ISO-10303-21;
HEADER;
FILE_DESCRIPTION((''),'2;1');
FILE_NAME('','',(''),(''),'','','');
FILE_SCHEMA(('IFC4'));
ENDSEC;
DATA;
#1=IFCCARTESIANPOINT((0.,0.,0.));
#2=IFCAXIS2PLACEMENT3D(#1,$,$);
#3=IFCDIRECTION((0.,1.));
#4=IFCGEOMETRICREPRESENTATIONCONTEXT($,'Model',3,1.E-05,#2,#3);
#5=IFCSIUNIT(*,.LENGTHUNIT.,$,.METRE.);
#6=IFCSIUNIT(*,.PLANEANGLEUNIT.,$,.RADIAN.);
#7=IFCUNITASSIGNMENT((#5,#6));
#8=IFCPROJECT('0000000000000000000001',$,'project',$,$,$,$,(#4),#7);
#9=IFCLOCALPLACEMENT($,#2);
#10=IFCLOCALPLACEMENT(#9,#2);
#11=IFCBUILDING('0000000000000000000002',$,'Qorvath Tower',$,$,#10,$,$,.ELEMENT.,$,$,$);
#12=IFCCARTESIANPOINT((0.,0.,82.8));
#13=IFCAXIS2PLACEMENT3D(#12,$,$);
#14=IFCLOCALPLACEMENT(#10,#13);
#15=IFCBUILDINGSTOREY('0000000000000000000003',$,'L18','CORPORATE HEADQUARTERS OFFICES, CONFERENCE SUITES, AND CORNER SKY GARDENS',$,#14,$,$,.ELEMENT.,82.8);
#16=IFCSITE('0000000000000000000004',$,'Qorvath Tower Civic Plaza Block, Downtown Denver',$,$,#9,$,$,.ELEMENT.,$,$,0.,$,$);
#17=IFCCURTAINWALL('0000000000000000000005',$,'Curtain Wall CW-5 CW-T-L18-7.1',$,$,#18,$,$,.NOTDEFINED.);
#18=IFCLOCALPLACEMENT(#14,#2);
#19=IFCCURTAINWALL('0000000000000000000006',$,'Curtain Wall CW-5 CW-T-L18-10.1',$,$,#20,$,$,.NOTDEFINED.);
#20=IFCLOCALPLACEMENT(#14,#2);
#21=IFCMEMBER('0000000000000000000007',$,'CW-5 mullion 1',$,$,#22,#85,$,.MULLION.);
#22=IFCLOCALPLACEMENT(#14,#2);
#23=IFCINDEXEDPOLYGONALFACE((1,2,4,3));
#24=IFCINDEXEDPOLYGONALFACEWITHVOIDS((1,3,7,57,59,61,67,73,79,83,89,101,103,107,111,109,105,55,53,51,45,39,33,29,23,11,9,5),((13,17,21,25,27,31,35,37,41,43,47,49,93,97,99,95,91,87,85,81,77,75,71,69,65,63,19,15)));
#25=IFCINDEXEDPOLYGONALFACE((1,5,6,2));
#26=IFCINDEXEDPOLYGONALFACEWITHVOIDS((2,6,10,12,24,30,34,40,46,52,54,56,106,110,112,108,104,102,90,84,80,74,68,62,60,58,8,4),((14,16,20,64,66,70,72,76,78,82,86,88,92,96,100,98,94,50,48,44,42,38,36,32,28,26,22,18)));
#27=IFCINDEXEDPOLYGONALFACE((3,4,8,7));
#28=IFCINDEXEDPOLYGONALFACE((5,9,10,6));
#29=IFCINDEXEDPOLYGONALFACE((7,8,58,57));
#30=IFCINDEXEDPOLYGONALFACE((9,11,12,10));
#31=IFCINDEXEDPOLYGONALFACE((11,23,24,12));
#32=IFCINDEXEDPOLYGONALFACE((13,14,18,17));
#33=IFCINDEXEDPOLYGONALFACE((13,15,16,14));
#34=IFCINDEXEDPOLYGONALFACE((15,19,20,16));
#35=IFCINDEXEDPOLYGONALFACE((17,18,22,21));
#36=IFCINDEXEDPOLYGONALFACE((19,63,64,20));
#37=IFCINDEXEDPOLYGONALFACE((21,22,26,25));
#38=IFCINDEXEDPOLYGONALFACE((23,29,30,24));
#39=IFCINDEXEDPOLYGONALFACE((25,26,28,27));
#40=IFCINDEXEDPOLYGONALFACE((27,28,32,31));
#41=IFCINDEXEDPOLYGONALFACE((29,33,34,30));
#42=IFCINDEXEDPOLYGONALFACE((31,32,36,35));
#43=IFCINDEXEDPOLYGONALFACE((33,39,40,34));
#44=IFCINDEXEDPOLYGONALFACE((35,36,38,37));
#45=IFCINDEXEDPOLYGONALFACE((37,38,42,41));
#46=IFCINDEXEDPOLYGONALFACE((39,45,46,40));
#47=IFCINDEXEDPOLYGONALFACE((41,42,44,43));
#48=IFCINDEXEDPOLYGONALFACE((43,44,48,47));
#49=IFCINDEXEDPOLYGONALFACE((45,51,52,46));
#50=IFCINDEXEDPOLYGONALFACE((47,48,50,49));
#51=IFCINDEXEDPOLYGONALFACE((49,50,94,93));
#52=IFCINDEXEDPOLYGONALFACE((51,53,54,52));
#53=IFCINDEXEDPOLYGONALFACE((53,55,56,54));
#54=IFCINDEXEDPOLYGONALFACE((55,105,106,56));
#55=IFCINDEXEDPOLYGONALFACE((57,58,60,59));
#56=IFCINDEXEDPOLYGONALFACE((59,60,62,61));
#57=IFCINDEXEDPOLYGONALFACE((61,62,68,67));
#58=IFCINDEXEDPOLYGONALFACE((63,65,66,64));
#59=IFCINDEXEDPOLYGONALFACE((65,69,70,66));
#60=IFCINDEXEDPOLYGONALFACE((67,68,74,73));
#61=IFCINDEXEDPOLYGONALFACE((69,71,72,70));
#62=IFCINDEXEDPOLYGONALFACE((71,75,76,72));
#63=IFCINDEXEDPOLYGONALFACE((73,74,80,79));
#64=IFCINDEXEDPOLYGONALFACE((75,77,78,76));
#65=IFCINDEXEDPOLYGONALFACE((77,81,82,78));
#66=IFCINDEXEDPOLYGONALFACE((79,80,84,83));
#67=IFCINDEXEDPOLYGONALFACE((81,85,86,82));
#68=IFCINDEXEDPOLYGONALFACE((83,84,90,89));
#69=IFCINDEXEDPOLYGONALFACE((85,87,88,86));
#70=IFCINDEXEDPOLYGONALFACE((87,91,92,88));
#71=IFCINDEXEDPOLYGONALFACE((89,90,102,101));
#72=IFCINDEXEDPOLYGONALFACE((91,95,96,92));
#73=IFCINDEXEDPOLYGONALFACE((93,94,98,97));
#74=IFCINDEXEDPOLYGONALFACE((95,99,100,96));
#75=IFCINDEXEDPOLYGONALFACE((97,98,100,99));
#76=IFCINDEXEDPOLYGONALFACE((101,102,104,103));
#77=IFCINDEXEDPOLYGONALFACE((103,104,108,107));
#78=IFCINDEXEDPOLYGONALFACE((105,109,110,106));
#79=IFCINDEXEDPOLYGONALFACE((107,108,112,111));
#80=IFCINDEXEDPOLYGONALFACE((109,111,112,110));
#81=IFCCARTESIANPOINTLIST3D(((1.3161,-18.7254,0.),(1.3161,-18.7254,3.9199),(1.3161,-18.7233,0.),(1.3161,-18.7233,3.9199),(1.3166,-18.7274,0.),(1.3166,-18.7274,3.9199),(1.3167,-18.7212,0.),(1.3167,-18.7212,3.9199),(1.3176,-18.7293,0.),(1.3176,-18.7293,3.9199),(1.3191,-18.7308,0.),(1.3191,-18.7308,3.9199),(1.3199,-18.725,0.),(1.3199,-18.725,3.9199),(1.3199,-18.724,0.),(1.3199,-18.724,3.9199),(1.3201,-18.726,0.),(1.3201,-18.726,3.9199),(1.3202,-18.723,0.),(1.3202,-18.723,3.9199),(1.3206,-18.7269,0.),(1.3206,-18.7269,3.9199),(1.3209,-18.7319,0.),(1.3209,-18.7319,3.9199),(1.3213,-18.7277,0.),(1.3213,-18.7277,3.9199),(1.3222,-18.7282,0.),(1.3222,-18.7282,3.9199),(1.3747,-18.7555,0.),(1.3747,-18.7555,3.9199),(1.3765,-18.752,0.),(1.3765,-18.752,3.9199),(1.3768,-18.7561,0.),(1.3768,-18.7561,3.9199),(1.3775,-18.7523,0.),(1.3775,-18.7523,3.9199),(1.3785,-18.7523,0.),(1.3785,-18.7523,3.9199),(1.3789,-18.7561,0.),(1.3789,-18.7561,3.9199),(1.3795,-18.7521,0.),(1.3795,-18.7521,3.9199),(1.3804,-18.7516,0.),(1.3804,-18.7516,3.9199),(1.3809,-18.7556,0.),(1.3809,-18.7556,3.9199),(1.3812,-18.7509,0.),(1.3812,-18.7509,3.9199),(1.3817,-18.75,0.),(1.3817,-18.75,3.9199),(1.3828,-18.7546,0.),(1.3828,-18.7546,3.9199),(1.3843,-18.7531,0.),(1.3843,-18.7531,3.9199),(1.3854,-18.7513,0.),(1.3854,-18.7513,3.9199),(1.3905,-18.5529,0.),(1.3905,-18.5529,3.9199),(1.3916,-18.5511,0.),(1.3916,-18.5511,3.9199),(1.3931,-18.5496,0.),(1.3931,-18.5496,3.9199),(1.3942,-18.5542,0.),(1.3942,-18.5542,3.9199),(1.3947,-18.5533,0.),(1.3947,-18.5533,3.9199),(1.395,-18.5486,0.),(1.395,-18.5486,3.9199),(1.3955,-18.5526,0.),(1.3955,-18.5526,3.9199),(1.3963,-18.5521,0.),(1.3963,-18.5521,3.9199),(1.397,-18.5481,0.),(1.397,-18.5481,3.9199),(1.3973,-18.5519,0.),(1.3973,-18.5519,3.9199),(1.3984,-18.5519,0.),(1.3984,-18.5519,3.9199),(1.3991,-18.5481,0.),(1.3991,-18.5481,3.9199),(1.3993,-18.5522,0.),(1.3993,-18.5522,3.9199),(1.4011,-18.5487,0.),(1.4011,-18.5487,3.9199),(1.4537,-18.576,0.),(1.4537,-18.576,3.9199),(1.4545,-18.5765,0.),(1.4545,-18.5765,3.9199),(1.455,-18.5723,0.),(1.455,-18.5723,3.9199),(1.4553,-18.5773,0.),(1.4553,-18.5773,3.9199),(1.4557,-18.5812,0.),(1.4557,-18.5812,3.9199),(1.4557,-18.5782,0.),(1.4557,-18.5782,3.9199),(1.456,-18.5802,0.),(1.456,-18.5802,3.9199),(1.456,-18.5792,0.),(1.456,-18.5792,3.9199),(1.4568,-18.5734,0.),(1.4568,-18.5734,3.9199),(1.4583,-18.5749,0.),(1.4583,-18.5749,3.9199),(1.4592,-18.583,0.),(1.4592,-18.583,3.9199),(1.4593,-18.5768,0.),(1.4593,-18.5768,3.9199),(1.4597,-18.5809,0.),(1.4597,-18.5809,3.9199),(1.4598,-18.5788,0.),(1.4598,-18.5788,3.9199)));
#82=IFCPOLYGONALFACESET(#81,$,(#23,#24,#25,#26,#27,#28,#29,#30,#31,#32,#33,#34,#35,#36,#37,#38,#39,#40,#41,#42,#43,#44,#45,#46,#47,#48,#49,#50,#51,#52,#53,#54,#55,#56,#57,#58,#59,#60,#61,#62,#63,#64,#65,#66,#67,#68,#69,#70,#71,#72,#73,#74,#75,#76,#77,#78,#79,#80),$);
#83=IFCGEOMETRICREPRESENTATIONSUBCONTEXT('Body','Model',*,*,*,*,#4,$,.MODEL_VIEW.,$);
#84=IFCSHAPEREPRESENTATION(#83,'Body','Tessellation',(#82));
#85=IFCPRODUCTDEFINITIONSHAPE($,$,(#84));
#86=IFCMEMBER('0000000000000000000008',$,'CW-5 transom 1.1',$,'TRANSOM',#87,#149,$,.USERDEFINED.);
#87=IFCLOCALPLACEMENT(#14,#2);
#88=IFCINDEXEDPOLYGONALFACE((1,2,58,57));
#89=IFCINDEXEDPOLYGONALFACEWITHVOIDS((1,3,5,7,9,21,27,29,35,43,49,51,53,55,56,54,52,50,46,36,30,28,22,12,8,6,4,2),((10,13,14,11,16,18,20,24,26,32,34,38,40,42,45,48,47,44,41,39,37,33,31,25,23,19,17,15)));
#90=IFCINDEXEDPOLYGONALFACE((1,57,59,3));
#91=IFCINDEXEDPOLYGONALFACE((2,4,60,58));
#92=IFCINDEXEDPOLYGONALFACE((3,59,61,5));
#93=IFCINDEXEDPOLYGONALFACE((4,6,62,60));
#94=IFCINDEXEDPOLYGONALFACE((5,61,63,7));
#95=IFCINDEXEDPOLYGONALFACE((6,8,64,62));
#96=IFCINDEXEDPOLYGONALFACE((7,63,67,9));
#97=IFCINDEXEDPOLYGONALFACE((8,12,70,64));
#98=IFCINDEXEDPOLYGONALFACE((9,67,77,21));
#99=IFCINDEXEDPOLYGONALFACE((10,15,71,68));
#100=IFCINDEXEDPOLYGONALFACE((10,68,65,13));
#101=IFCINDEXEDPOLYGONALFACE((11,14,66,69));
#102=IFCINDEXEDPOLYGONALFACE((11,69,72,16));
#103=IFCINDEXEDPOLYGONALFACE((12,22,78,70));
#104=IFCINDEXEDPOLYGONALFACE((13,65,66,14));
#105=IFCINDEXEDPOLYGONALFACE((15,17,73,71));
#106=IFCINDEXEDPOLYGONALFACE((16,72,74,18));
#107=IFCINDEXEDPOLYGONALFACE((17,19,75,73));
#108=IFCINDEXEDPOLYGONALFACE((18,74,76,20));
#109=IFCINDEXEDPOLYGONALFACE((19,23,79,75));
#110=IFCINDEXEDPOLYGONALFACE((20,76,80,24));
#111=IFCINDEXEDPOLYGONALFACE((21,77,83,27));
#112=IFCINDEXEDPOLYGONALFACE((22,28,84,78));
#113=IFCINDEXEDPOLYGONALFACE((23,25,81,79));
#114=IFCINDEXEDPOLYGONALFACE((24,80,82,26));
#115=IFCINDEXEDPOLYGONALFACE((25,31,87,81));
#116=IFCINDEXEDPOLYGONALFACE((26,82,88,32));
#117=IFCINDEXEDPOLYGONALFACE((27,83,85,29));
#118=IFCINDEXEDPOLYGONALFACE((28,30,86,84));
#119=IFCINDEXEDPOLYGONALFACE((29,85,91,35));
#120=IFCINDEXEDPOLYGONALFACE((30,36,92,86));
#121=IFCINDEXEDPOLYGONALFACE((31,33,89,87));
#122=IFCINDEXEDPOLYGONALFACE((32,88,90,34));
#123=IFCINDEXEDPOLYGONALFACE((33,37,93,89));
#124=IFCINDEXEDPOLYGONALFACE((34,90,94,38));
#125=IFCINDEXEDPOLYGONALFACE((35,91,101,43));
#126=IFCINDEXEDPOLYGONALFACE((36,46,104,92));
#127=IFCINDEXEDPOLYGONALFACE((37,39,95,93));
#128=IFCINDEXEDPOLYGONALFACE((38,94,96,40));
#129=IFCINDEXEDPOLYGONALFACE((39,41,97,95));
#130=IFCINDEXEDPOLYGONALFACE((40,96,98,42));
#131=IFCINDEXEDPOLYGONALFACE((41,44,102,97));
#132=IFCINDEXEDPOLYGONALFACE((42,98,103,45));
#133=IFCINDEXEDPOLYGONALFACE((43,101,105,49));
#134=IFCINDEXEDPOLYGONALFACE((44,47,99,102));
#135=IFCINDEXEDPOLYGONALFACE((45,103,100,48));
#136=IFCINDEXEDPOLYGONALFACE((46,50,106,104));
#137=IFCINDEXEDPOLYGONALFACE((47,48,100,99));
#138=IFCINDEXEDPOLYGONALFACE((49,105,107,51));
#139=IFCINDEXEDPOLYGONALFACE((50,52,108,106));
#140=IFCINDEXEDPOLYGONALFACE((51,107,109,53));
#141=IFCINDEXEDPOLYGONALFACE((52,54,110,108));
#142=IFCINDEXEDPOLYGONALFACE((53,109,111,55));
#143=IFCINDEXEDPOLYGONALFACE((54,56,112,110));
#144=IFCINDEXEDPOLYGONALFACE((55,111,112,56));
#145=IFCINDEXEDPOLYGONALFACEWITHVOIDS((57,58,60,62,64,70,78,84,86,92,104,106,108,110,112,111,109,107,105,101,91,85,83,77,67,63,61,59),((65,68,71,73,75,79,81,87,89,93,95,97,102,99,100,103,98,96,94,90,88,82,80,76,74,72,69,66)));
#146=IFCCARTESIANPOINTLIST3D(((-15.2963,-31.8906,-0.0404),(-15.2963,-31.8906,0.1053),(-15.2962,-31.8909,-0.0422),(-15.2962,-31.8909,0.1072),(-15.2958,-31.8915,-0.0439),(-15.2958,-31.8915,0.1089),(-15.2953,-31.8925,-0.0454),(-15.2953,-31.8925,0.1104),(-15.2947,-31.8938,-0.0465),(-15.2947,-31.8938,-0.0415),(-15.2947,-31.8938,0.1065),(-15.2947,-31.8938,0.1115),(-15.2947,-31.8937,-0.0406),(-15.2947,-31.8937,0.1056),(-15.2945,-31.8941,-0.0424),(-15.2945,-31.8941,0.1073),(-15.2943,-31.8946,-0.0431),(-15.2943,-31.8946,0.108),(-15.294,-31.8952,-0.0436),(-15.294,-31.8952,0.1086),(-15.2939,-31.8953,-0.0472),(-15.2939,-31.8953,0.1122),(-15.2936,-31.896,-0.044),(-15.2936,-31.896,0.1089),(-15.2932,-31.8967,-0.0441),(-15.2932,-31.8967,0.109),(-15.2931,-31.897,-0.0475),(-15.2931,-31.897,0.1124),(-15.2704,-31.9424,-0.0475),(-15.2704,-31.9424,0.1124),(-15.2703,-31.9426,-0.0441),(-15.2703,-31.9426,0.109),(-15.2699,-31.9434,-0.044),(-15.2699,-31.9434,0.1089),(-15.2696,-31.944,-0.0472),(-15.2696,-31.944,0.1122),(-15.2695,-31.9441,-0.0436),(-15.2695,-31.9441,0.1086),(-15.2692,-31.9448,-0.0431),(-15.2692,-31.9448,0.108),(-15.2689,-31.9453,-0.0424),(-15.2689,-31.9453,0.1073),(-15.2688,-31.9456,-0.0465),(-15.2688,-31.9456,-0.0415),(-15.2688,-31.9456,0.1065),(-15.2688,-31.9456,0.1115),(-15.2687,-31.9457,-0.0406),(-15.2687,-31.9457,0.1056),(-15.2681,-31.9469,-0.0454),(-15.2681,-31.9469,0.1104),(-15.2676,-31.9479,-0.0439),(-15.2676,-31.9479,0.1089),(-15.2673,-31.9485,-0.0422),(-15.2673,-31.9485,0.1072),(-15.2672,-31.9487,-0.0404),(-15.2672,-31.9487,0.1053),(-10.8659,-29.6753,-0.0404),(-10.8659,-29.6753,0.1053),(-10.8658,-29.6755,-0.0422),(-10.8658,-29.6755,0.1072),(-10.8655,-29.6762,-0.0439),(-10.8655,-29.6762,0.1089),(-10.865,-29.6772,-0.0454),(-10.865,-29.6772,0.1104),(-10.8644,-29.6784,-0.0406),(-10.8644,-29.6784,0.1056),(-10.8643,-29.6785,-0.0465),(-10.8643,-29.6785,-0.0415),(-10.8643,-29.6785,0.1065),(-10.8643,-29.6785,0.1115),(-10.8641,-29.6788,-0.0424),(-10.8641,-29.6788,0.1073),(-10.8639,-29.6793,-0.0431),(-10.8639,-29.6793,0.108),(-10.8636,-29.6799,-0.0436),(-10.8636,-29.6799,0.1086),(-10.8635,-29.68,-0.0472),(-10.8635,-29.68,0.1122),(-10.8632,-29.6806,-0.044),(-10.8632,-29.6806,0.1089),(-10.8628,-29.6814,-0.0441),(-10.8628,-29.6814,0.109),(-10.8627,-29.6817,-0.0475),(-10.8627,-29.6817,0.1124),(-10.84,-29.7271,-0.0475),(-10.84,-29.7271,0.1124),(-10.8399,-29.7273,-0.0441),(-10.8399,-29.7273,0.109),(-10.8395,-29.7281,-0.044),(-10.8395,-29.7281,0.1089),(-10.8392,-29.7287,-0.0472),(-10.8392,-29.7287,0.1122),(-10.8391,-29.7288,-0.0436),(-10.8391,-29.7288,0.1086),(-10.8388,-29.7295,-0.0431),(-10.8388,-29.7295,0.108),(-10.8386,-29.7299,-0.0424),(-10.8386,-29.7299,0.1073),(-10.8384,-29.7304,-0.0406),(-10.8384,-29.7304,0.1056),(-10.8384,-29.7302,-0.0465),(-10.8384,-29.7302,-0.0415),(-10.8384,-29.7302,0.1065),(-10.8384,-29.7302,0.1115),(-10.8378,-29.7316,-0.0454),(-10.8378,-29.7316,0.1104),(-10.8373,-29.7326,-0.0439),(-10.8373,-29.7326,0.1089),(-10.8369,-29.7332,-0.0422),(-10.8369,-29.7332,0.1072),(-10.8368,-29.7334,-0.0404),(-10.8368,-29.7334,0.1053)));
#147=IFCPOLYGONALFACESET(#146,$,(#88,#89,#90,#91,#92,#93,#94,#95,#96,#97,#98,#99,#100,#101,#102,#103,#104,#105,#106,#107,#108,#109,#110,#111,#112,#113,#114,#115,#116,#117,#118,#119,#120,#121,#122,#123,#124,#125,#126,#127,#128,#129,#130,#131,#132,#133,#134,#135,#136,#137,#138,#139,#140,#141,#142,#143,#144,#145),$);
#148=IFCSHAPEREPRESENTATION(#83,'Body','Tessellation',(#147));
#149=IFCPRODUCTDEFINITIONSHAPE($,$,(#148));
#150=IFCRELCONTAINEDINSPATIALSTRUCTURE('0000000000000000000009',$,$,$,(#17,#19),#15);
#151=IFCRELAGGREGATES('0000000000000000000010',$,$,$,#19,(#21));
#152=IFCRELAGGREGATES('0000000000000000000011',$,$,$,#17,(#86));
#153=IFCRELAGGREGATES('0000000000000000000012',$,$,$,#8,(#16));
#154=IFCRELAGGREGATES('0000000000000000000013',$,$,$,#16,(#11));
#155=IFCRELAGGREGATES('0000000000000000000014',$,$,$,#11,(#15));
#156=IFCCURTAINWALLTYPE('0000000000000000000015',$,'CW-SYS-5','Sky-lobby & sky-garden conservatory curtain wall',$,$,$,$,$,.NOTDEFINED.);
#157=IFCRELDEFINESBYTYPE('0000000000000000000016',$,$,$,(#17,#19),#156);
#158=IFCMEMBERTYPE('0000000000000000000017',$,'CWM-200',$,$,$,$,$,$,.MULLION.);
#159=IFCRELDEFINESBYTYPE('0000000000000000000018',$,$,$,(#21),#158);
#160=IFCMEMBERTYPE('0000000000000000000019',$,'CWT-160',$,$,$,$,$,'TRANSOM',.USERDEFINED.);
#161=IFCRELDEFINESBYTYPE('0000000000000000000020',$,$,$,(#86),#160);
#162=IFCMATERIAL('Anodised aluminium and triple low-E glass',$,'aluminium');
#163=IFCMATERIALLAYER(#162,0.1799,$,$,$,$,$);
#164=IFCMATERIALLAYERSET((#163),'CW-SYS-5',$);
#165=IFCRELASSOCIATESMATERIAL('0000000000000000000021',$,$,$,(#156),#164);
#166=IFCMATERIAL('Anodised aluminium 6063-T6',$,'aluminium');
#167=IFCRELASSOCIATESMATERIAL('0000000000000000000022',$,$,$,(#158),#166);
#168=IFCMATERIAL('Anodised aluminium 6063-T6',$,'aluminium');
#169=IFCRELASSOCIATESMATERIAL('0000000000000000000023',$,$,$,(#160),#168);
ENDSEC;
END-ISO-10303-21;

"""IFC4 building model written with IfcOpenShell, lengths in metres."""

from ifc_helpers import new_model, si_unit, direction, frame, origin, origin_2d, place, context, subcontext, project, spatial, hollow_rectangle, extrude, material, layer, layer_set, material_profile, profile_set, type_object, element, aggregate, save


model = new_model("IFC4")

# Units and contexts
model_context = context("Model", 3, precision=1e-05, world=origin(), true_north=direction((0.0, 1.0)))
body_context = subcontext(model_context, "Body", "Model", "MODEL_VIEW")
ifc_project = project(units=[si_unit("LENGTHUNIT", "METRE"), si_unit("PLANEANGLEUNIT", "RADIAN")], contexts=[model_context])

# Site, building, storey
site_placement = place(None, origin())
site = spatial("IfcSite", under=ifc_project, at=site_placement, Name="Qorvath Tower Civic Plaza Block, Downtown Denver", CompositionType="ELEMENT", RefElevation=0.0)
building_placement = place(site_placement, origin())
building = spatial("IfcBuilding", under=site, at=building_placement, Name="Qorvath Tower", CompositionType="ELEMENT")
storey_placement = place(building_placement, frame((0.0, 0.0, 82.8)))
storey = spatial("IfcBuildingStorey", under=building, at=storey_placement, Name="L18", Description="CORPORATE HEADQUARTERS OFFICES, CONFERENCE SUITES, AND CORNER SKY GARDENS", CompositionType="ELEMENT", Elevation=82.8)

# Shared definitions
ifc_material_1 = material(Name="Anodised aluminium and triple low-E glass", Category="aluminium")
ifc_layer_1 = layer(ifc_material_1, 0.1799)
ifc_layer_set_1 = layer_set([ifc_layer_1], Name="CW-SYS-5")
curtain_wall_type = type_object("IfcCurtainWallType", Name="CW-SYS-5", Description="Sky-lobby & sky-garden conservatory curtain wall", PredefinedType="NOTDEFINED", material=ifc_layer_set_1)
ifc_material_2 = material(Name="Anodised aluminium 6063-T6", Category="aluminium")
ifc_material_profile_1 = material_profile(ifc_material_2, hollow_rectangle(XDim=0.075, YDim=0.2, WallThickness=0.0039, InnerFilletRadius=0.0039, OuterFilletRadius=0.0081, at=origin_2d()), Name="CWM 200x75")
ifc_profile_set_1 = profile_set([ifc_material_profile_1], Name="Anodised aluminium 6063-T6")
member_type_1 = type_object("IfcMemberType", Name="CWM-200", PredefinedType="MULLION", material=ifc_profile_set_1)

# Curtain wall
curtain_wall_1_placement = place(storey_placement, origin())
curtain_wall_1 = element("IfcCurtainWall", 1, at=curtain_wall_1_placement, inside=storey, type_object=curtain_wall_type, Name="Curtain Wall CW-5 CW-T-L18-7.1", PredefinedType="NOTDEFINED")

# Curtain wall, member
curtain_wall_2_placement = place(storey_placement, origin())
curtain_wall_2 = element("IfcCurtainWall", 2, at=curtain_wall_2_placement, inside=storey, type_object=curtain_wall_type, Name="Curtain Wall CW-5 CW-T-L18-10.1", PredefinedType="NOTDEFINED")
member_1_placement = place(storey_placement, frame((1.3879, -18.6521, 0.0), z_axis=(0.0, 0.0, 1.0), x_axis=(-0.915886, 0.40144, 0.0)))
member_1 = element("IfcMember", 3, at=member_1_placement, type_object=member_type_1, Name="CW-5 mullion 1", PredefinedType="MULLION", context=body_context, shape_type="SweptSolid", body=[
    extrude(hollow_rectangle(XDim=0.075, YDim=0.2, WallThickness=0.0039, InnerFilletRadius=0.0039, OuterFilletRadius=0.0081, at=origin_2d()), origin(), (0.0, 0.0, 1.0), 3.9199),
])

# Member
ifc_material_3 = material(Name="Anodised aluminium 6063-T6", Category="aluminium")
ifc_material_profile_2 = material_profile(ifc_material_3, hollow_rectangle(XDim=0.0649, YDim=0.1599, WallThickness=0.0034, InnerFilletRadius=0.0034, OuterFilletRadius=0.0071, at=origin_2d()), Name="CWT 160x65")
ifc_profile_set_2 = profile_set([ifc_material_profile_2], Name="Anodised aluminium 6063-T6")
member_type_2 = type_object("IfcMemberType", Name="CWT-160", ElementType="TRANSOM", PredefinedType="USERDEFINED", material=ifc_profile_set_2)
member_2_placement = place(storey_placement, frame((-15.2817, -31.9197, 0.0325), z_axis=(0.894417, 0.447233, 0.0), x_axis=(-0.447233, 0.894417, 0.0)))
member_2 = element("IfcMember", 4, at=member_2_placement, type_object=member_type_2, Name="CW-5 transom 1.1", ObjectType="TRANSOM", PredefinedType="USERDEFINED", context=body_context, shape_type="SweptSolid", body=[
    extrude(hollow_rectangle(XDim=0.0649, YDim=0.1599, WallThickness=0.0034, InnerFilletRadius=0.0034, OuterFilletRadius=0.0071, at=origin_2d()), origin(), (0.0, 0.0, 1.0), 4.9534),
])
aggregate(curtain_wall_2, [member_1])

aggregate(curtain_wall_1, [member_2])

save(model, "model.ifc")
